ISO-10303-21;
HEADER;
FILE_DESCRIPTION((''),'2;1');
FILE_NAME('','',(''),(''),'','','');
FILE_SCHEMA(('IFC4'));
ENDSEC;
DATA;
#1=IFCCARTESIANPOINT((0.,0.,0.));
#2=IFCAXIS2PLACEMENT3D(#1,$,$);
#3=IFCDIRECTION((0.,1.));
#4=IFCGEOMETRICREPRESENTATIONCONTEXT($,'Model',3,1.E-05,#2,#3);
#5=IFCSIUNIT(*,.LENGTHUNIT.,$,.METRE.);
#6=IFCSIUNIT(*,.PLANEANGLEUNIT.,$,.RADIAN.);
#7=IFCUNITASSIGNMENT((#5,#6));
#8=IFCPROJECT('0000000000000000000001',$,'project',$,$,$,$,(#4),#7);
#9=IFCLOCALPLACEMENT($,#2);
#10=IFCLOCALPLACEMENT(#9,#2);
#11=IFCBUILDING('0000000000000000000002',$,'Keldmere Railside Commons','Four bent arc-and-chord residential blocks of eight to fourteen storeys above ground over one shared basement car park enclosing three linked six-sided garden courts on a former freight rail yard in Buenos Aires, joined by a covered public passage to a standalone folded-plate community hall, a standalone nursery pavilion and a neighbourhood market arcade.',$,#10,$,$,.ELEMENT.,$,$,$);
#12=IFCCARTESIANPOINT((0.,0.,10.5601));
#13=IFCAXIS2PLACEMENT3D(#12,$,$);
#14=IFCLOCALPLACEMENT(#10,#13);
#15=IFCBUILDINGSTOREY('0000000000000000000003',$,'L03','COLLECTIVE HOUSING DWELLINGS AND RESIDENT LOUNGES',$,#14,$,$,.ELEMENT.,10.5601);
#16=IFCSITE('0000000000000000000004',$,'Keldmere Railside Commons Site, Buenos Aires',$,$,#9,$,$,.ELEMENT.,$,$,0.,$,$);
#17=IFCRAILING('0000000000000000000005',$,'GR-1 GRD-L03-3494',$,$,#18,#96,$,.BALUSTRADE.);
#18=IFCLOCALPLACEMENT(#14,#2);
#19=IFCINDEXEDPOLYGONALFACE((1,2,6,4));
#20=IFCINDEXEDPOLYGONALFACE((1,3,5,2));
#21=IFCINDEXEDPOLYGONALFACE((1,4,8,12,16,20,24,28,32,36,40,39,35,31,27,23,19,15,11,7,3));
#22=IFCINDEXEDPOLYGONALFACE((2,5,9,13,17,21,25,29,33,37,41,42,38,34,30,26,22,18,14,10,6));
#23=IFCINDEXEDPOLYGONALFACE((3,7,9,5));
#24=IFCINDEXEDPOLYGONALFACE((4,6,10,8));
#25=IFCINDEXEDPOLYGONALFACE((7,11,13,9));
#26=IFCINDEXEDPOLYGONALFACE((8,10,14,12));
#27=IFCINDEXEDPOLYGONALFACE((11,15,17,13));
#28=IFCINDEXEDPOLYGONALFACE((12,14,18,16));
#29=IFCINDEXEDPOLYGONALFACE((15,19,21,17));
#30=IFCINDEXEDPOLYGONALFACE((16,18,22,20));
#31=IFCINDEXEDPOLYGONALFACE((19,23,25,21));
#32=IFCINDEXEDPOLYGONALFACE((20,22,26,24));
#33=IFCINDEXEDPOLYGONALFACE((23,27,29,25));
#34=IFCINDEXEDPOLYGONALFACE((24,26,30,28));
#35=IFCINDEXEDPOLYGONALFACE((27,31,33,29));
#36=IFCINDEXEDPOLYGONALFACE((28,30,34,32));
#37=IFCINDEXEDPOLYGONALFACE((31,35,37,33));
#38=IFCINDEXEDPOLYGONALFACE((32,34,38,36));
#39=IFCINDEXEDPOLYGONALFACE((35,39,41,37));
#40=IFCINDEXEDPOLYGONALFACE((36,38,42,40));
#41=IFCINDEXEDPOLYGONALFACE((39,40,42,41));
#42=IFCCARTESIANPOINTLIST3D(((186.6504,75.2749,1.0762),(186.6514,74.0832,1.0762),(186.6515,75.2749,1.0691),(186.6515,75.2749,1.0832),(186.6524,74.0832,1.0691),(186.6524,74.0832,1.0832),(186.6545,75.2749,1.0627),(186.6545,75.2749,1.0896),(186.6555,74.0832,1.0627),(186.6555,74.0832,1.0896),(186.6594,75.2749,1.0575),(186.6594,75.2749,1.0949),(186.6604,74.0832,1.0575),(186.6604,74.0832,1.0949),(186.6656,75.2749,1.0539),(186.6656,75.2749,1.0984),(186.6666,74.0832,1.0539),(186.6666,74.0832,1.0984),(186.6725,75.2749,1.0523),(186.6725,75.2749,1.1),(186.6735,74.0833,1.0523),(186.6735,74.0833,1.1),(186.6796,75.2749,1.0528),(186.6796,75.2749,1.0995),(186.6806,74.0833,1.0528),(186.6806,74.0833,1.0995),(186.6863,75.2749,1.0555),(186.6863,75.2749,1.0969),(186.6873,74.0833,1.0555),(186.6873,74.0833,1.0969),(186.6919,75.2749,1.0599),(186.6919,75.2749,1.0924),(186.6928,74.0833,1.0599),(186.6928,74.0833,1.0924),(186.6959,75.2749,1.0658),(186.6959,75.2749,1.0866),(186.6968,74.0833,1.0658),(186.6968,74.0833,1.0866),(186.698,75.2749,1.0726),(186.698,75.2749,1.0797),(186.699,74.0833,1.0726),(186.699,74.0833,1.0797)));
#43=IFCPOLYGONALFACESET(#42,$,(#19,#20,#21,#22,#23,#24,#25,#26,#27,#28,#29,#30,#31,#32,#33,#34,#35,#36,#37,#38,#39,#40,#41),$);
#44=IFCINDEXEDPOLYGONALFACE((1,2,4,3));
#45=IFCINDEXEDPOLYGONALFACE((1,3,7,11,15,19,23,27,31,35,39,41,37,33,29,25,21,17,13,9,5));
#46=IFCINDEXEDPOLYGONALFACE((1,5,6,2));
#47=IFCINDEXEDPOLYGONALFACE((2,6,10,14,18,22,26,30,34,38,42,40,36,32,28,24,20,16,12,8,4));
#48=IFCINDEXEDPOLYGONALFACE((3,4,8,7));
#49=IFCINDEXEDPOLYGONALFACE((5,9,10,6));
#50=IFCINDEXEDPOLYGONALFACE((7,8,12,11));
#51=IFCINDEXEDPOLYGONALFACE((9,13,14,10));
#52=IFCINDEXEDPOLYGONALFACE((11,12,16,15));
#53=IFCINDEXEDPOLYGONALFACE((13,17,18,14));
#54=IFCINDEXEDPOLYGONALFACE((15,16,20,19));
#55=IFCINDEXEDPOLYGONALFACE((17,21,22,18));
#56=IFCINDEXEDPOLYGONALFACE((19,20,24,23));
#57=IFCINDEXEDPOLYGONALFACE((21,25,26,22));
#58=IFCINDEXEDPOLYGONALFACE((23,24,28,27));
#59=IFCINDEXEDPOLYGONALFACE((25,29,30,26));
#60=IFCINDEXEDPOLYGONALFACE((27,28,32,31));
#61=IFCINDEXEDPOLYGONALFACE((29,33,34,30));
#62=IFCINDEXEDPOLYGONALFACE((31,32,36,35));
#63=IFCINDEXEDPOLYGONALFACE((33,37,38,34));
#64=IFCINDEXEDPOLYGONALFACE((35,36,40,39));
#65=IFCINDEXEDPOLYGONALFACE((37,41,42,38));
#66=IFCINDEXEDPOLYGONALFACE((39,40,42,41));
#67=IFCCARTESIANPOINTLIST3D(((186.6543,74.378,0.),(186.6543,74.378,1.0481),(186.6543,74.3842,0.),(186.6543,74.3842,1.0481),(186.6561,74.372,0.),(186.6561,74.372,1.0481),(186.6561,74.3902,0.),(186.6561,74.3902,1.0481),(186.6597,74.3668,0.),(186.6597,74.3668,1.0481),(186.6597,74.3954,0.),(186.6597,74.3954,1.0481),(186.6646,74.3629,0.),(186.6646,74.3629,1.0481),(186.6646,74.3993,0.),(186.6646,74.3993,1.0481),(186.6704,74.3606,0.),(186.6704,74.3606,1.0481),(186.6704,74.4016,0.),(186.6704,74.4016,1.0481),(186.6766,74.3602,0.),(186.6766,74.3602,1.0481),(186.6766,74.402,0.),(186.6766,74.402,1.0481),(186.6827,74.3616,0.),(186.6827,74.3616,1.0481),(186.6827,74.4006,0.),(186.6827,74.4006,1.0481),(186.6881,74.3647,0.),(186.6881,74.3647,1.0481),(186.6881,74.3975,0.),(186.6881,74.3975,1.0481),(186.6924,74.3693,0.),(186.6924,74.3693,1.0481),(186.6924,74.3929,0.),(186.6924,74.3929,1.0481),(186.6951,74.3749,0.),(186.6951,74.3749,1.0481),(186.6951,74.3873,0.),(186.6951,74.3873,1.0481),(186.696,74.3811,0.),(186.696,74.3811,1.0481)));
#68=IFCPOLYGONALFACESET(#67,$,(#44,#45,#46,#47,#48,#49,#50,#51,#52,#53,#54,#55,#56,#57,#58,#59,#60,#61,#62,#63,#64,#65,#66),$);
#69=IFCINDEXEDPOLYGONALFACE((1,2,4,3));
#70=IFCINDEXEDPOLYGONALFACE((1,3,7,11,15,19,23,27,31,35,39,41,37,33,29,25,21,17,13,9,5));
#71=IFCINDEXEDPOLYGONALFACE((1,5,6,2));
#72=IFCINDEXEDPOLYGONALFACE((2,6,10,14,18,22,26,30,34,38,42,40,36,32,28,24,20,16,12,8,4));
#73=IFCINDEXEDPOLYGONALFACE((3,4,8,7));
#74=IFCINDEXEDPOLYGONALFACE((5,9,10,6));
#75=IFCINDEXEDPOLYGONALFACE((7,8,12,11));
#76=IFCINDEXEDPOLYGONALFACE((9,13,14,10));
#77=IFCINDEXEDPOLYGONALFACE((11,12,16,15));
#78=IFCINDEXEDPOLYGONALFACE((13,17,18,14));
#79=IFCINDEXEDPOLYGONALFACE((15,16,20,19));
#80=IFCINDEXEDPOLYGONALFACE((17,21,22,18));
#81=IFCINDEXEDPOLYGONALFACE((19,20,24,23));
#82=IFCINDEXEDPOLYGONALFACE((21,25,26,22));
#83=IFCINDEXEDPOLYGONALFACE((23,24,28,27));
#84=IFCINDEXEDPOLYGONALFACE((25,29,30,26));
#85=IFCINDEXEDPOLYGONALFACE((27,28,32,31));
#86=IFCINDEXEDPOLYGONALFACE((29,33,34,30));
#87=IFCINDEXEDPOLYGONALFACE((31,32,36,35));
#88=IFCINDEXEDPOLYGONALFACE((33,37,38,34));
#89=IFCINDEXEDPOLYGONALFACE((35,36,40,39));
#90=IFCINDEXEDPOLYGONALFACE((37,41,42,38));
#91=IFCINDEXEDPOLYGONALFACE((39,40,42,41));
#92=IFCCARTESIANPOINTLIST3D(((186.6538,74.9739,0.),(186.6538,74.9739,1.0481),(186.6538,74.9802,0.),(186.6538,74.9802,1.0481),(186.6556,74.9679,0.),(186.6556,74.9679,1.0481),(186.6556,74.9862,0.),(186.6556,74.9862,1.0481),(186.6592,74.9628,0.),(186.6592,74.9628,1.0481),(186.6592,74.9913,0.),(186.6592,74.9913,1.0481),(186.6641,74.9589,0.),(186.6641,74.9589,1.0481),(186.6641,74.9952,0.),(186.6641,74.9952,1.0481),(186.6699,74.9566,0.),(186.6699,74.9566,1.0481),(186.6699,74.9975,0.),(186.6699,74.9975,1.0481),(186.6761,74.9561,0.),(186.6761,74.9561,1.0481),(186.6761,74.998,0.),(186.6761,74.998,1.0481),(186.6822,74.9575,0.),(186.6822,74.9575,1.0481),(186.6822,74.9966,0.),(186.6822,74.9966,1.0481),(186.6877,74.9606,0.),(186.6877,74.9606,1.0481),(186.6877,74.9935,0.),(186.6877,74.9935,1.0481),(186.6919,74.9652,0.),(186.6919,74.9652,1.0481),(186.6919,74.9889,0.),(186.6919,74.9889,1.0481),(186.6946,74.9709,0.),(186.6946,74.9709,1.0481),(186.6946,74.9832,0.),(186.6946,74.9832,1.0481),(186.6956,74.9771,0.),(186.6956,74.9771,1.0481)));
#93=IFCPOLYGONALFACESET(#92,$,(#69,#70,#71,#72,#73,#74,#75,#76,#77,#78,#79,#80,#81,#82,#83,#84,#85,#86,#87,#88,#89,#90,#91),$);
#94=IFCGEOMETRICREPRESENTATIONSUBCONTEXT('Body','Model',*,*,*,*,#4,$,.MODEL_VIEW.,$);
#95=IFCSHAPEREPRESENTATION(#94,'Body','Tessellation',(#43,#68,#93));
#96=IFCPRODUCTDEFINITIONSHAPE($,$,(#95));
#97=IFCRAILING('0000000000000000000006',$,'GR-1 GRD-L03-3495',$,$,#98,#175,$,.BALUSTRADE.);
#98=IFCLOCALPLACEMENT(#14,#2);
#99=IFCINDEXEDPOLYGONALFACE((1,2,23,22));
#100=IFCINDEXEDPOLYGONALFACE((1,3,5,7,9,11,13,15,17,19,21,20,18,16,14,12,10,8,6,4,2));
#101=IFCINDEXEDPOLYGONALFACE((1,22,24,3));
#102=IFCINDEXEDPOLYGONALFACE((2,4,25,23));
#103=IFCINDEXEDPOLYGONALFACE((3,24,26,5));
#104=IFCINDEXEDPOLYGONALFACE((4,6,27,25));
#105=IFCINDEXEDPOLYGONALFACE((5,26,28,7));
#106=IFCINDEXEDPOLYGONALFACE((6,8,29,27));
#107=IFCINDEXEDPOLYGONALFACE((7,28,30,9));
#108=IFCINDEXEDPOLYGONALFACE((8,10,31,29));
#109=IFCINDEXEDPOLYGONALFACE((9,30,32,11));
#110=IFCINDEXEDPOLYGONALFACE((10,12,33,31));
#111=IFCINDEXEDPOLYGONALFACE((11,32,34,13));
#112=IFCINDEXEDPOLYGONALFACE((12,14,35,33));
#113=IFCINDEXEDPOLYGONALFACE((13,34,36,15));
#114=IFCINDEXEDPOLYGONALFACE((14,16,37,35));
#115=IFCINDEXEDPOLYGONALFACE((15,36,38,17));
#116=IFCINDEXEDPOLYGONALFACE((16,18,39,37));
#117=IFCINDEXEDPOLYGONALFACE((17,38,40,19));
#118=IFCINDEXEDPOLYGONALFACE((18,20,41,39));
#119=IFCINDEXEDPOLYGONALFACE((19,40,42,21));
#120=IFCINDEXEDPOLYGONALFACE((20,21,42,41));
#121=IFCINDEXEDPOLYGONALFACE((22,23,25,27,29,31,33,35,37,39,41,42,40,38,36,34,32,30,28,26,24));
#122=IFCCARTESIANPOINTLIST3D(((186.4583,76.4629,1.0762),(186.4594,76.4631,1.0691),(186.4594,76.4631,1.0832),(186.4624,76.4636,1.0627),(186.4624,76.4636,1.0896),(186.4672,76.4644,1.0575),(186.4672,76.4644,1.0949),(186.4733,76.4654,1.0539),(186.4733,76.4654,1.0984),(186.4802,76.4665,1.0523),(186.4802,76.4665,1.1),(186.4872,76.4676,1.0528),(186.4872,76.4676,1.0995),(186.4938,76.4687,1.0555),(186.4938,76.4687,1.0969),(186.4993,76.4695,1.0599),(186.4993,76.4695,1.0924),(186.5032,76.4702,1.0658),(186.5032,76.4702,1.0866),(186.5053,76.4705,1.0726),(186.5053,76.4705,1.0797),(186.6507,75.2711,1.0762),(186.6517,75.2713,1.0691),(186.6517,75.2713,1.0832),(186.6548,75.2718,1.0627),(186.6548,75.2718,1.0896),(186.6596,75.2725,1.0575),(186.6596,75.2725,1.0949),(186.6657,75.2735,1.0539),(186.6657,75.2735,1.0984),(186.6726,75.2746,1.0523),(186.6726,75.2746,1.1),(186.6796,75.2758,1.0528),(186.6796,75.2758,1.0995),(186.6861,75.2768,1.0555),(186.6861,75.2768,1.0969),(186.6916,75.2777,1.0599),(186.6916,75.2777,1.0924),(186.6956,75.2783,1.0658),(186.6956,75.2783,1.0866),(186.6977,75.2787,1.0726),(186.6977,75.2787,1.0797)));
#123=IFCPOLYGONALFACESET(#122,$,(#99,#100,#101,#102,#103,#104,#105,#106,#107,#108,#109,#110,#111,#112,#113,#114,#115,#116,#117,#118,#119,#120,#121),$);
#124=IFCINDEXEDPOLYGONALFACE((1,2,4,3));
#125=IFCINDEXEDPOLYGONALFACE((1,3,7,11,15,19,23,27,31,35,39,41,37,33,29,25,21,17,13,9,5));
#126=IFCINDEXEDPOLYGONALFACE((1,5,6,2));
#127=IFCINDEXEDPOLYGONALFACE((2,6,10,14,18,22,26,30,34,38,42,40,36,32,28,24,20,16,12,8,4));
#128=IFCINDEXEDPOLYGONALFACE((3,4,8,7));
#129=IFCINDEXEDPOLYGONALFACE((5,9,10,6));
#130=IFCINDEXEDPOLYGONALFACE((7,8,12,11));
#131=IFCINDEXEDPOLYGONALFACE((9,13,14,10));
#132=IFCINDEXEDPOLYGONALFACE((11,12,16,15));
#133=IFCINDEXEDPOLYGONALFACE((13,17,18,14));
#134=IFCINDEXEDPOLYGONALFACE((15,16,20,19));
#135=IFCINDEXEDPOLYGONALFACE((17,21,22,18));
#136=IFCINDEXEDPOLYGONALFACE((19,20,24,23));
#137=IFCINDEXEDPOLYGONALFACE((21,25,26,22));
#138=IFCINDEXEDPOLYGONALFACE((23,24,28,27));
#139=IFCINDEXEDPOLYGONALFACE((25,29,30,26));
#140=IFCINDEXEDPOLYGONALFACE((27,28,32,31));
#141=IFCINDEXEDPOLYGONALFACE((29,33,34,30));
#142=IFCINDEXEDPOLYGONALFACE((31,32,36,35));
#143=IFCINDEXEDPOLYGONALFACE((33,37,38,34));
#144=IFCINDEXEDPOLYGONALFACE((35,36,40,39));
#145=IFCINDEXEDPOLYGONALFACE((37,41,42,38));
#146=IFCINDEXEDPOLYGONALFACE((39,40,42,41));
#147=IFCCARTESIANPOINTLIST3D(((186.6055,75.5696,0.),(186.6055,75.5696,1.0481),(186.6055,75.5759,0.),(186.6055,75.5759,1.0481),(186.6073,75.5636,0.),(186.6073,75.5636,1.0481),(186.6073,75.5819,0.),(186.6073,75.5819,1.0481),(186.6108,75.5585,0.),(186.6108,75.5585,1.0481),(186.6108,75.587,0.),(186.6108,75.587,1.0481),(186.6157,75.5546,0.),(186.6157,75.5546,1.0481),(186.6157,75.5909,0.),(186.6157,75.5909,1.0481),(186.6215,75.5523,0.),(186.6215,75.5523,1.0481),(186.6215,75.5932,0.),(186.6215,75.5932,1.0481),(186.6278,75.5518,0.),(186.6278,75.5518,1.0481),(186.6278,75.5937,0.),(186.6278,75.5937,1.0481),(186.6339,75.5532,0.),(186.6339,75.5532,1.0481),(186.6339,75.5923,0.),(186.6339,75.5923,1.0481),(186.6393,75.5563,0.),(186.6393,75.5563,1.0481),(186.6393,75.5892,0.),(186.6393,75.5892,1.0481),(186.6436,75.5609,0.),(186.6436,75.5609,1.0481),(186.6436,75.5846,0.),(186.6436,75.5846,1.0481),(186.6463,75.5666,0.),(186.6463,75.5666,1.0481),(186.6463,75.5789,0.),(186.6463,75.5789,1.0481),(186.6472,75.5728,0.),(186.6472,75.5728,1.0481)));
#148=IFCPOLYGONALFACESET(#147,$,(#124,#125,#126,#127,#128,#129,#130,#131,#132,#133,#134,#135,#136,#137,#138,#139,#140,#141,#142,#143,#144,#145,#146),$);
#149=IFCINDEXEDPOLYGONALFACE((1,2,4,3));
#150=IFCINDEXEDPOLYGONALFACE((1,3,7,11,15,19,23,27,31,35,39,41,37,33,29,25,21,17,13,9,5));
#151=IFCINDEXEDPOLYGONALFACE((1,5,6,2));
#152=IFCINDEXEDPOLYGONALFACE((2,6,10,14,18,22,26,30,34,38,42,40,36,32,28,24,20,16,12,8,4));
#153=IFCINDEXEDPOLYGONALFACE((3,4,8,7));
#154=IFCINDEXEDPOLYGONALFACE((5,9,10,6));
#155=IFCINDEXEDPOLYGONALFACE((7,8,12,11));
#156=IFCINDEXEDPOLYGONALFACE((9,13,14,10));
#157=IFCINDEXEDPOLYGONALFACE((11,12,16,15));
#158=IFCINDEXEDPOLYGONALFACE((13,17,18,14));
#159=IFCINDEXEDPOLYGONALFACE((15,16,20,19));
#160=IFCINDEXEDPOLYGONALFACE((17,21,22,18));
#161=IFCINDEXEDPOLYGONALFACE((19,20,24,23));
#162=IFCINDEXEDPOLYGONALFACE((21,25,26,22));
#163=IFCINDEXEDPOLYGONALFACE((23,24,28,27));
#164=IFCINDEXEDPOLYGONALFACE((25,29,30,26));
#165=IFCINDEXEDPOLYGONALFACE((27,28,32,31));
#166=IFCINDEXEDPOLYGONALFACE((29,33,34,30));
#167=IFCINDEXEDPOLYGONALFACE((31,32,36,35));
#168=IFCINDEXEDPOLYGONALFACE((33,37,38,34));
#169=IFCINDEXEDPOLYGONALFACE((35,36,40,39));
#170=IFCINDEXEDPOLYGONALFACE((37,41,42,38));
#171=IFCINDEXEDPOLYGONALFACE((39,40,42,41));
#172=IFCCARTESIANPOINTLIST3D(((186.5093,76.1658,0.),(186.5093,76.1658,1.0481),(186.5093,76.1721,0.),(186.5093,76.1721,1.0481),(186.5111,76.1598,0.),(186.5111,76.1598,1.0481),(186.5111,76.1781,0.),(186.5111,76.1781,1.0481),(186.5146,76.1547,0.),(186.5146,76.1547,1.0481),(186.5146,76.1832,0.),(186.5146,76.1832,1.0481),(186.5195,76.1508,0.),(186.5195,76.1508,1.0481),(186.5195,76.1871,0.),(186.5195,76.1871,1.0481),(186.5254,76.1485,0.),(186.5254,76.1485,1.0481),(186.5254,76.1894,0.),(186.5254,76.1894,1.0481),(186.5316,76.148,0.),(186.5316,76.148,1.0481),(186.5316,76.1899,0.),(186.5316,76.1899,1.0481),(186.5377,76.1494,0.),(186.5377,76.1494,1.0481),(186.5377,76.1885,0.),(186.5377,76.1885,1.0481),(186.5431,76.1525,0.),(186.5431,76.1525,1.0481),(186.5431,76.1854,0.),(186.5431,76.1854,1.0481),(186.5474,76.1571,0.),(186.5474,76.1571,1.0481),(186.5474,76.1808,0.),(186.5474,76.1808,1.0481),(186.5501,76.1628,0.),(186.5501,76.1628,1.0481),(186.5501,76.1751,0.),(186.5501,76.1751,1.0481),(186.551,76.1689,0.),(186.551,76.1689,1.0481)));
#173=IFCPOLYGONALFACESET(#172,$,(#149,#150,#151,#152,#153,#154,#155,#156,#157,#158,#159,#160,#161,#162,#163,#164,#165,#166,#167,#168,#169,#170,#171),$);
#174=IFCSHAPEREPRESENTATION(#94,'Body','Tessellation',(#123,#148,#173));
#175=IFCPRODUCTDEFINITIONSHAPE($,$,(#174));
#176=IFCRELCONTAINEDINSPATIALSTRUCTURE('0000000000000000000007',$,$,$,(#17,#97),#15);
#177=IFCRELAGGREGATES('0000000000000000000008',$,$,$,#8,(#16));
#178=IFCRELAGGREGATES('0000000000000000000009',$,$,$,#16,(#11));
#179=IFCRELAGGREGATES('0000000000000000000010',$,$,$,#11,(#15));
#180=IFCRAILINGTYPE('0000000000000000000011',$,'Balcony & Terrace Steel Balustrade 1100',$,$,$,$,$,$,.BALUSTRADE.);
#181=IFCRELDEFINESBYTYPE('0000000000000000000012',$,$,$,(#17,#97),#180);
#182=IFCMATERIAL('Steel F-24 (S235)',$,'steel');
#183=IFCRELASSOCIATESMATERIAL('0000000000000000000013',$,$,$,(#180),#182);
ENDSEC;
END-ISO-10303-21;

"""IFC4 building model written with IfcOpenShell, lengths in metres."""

from ifc_helpers import new_model, si_unit, direction, frame, origin, origin_2d, place, context, subcontext, project, spatial, circle, extrude, material, type_object, element, save


model = new_model("IFC4")

# Units and contexts
model_context = context("Model", 3, precision=1e-05, world=origin(), true_north=direction((0.0, 1.0)))
body_context = subcontext(model_context, "Body", "Model", "MODEL_VIEW")
ifc_project = project(units=[si_unit("LENGTHUNIT", "METRE"), si_unit("PLANEANGLEUNIT", "RADIAN")], contexts=[model_context])

# Site, building, storey
site_placement = place(None, origin())
site = spatial("IfcSite", under=ifc_project, at=site_placement, Name="Keldmere Railside Commons Site, Buenos Aires", CompositionType="ELEMENT", RefElevation=0.0)
building_placement = place(site_placement, origin())
building = spatial("IfcBuilding", under=site, at=building_placement, Name="Keldmere Railside Commons", Description="Four bent arc-and-chord residential blocks of eight to fourteen storeys above ground over one shared basement car park enclosing three linked six-sided garden courts on a former freight rail yard in Buenos Aires, joined by a covered public passage to a standalone folded-plate community hall, a standalone nursery pavilion and a neighbourhood market arcade.", CompositionType="ELEMENT")
storey_placement = place(building_placement, frame((0.0, 0.0, 10.5601)))
storey = spatial("IfcBuildingStorey", under=building, at=storey_placement, Name="L03", Description="COLLECTIVE HOUSING DWELLINGS AND RESIDENT LOUNGES", CompositionType="ELEMENT", Elevation=10.5601)

# Shared definitions
ifc_material_1 = material(Name="Steel F-24 (S235)", Category="steel")

# Railings
railing_type_1 = type_object("IfcRailingType", Name="Balcony & Terrace Steel Balustrade 1100", PredefinedType="BALUSTRADE", material=ifc_material_1)
railing_1_placement = place(storey_placement, frame((186.6753, 74.0833, 0.0)))
element("IfcRailing", 1, at=railing_1_placement, inside=storey, type_object=railing_type_1, Name="GR-1 GRD-L03-3494", PredefinedType="BALUSTRADE", context=body_context, shape_type="SweptSolid", body=[
    extrude(circle(Radius=0.0239, at=origin_2d()), frame((0.0, 0.0, 1.0762), z_axis=(-0.00082, 1.0, 0.0), x_axis=(-1.0, -0.00082, 0.0)), (0.0, 0.0, 1.0), 1.1917),
    extrude(circle(Radius=0.021, at=origin_2d()), frame((-0.0002, 0.2979, 0.0)), (0.0, 0.0, 1.0), 1.0481),
    extrude(circle(Radius=0.021, at=origin_2d()), frame((-0.0007, 0.8938, 0.0)), (0.0, 0.0, 1.0), 1.0481),
])
railing_2_placement = place(storey_placement, frame((186.6743, 75.2749, 0.0)))
element("IfcRailing", 2, at=railing_2_placement, inside=storey, type_object=railing_type_1, Name="GR-1 GRD-L03-3495", PredefinedType="BALUSTRADE", context=body_context, shape_type="SweptSolid", body=[
    extrude(circle(Radius=0.0239, at=origin_2d()), frame((0.0, 0.0, 1.0762), z_axis=(-0.159347, 0.987223, 0.0), x_axis=(-0.987223, -0.159347, 0.0)), (0.0, 0.0, 1.0), 1.2073),
    extrude(circle(Radius=0.021, at=origin_2d()), frame((-0.0481, 0.2979, 0.0)), (0.0, 0.0, 1.0), 1.0481),
    extrude(circle(Radius=0.021, at=origin_2d()), frame((-0.1443, 0.894, 0.0)), (0.0, 0.0, 1.0), 1.0481),
])

save(model, "model.ifc")
